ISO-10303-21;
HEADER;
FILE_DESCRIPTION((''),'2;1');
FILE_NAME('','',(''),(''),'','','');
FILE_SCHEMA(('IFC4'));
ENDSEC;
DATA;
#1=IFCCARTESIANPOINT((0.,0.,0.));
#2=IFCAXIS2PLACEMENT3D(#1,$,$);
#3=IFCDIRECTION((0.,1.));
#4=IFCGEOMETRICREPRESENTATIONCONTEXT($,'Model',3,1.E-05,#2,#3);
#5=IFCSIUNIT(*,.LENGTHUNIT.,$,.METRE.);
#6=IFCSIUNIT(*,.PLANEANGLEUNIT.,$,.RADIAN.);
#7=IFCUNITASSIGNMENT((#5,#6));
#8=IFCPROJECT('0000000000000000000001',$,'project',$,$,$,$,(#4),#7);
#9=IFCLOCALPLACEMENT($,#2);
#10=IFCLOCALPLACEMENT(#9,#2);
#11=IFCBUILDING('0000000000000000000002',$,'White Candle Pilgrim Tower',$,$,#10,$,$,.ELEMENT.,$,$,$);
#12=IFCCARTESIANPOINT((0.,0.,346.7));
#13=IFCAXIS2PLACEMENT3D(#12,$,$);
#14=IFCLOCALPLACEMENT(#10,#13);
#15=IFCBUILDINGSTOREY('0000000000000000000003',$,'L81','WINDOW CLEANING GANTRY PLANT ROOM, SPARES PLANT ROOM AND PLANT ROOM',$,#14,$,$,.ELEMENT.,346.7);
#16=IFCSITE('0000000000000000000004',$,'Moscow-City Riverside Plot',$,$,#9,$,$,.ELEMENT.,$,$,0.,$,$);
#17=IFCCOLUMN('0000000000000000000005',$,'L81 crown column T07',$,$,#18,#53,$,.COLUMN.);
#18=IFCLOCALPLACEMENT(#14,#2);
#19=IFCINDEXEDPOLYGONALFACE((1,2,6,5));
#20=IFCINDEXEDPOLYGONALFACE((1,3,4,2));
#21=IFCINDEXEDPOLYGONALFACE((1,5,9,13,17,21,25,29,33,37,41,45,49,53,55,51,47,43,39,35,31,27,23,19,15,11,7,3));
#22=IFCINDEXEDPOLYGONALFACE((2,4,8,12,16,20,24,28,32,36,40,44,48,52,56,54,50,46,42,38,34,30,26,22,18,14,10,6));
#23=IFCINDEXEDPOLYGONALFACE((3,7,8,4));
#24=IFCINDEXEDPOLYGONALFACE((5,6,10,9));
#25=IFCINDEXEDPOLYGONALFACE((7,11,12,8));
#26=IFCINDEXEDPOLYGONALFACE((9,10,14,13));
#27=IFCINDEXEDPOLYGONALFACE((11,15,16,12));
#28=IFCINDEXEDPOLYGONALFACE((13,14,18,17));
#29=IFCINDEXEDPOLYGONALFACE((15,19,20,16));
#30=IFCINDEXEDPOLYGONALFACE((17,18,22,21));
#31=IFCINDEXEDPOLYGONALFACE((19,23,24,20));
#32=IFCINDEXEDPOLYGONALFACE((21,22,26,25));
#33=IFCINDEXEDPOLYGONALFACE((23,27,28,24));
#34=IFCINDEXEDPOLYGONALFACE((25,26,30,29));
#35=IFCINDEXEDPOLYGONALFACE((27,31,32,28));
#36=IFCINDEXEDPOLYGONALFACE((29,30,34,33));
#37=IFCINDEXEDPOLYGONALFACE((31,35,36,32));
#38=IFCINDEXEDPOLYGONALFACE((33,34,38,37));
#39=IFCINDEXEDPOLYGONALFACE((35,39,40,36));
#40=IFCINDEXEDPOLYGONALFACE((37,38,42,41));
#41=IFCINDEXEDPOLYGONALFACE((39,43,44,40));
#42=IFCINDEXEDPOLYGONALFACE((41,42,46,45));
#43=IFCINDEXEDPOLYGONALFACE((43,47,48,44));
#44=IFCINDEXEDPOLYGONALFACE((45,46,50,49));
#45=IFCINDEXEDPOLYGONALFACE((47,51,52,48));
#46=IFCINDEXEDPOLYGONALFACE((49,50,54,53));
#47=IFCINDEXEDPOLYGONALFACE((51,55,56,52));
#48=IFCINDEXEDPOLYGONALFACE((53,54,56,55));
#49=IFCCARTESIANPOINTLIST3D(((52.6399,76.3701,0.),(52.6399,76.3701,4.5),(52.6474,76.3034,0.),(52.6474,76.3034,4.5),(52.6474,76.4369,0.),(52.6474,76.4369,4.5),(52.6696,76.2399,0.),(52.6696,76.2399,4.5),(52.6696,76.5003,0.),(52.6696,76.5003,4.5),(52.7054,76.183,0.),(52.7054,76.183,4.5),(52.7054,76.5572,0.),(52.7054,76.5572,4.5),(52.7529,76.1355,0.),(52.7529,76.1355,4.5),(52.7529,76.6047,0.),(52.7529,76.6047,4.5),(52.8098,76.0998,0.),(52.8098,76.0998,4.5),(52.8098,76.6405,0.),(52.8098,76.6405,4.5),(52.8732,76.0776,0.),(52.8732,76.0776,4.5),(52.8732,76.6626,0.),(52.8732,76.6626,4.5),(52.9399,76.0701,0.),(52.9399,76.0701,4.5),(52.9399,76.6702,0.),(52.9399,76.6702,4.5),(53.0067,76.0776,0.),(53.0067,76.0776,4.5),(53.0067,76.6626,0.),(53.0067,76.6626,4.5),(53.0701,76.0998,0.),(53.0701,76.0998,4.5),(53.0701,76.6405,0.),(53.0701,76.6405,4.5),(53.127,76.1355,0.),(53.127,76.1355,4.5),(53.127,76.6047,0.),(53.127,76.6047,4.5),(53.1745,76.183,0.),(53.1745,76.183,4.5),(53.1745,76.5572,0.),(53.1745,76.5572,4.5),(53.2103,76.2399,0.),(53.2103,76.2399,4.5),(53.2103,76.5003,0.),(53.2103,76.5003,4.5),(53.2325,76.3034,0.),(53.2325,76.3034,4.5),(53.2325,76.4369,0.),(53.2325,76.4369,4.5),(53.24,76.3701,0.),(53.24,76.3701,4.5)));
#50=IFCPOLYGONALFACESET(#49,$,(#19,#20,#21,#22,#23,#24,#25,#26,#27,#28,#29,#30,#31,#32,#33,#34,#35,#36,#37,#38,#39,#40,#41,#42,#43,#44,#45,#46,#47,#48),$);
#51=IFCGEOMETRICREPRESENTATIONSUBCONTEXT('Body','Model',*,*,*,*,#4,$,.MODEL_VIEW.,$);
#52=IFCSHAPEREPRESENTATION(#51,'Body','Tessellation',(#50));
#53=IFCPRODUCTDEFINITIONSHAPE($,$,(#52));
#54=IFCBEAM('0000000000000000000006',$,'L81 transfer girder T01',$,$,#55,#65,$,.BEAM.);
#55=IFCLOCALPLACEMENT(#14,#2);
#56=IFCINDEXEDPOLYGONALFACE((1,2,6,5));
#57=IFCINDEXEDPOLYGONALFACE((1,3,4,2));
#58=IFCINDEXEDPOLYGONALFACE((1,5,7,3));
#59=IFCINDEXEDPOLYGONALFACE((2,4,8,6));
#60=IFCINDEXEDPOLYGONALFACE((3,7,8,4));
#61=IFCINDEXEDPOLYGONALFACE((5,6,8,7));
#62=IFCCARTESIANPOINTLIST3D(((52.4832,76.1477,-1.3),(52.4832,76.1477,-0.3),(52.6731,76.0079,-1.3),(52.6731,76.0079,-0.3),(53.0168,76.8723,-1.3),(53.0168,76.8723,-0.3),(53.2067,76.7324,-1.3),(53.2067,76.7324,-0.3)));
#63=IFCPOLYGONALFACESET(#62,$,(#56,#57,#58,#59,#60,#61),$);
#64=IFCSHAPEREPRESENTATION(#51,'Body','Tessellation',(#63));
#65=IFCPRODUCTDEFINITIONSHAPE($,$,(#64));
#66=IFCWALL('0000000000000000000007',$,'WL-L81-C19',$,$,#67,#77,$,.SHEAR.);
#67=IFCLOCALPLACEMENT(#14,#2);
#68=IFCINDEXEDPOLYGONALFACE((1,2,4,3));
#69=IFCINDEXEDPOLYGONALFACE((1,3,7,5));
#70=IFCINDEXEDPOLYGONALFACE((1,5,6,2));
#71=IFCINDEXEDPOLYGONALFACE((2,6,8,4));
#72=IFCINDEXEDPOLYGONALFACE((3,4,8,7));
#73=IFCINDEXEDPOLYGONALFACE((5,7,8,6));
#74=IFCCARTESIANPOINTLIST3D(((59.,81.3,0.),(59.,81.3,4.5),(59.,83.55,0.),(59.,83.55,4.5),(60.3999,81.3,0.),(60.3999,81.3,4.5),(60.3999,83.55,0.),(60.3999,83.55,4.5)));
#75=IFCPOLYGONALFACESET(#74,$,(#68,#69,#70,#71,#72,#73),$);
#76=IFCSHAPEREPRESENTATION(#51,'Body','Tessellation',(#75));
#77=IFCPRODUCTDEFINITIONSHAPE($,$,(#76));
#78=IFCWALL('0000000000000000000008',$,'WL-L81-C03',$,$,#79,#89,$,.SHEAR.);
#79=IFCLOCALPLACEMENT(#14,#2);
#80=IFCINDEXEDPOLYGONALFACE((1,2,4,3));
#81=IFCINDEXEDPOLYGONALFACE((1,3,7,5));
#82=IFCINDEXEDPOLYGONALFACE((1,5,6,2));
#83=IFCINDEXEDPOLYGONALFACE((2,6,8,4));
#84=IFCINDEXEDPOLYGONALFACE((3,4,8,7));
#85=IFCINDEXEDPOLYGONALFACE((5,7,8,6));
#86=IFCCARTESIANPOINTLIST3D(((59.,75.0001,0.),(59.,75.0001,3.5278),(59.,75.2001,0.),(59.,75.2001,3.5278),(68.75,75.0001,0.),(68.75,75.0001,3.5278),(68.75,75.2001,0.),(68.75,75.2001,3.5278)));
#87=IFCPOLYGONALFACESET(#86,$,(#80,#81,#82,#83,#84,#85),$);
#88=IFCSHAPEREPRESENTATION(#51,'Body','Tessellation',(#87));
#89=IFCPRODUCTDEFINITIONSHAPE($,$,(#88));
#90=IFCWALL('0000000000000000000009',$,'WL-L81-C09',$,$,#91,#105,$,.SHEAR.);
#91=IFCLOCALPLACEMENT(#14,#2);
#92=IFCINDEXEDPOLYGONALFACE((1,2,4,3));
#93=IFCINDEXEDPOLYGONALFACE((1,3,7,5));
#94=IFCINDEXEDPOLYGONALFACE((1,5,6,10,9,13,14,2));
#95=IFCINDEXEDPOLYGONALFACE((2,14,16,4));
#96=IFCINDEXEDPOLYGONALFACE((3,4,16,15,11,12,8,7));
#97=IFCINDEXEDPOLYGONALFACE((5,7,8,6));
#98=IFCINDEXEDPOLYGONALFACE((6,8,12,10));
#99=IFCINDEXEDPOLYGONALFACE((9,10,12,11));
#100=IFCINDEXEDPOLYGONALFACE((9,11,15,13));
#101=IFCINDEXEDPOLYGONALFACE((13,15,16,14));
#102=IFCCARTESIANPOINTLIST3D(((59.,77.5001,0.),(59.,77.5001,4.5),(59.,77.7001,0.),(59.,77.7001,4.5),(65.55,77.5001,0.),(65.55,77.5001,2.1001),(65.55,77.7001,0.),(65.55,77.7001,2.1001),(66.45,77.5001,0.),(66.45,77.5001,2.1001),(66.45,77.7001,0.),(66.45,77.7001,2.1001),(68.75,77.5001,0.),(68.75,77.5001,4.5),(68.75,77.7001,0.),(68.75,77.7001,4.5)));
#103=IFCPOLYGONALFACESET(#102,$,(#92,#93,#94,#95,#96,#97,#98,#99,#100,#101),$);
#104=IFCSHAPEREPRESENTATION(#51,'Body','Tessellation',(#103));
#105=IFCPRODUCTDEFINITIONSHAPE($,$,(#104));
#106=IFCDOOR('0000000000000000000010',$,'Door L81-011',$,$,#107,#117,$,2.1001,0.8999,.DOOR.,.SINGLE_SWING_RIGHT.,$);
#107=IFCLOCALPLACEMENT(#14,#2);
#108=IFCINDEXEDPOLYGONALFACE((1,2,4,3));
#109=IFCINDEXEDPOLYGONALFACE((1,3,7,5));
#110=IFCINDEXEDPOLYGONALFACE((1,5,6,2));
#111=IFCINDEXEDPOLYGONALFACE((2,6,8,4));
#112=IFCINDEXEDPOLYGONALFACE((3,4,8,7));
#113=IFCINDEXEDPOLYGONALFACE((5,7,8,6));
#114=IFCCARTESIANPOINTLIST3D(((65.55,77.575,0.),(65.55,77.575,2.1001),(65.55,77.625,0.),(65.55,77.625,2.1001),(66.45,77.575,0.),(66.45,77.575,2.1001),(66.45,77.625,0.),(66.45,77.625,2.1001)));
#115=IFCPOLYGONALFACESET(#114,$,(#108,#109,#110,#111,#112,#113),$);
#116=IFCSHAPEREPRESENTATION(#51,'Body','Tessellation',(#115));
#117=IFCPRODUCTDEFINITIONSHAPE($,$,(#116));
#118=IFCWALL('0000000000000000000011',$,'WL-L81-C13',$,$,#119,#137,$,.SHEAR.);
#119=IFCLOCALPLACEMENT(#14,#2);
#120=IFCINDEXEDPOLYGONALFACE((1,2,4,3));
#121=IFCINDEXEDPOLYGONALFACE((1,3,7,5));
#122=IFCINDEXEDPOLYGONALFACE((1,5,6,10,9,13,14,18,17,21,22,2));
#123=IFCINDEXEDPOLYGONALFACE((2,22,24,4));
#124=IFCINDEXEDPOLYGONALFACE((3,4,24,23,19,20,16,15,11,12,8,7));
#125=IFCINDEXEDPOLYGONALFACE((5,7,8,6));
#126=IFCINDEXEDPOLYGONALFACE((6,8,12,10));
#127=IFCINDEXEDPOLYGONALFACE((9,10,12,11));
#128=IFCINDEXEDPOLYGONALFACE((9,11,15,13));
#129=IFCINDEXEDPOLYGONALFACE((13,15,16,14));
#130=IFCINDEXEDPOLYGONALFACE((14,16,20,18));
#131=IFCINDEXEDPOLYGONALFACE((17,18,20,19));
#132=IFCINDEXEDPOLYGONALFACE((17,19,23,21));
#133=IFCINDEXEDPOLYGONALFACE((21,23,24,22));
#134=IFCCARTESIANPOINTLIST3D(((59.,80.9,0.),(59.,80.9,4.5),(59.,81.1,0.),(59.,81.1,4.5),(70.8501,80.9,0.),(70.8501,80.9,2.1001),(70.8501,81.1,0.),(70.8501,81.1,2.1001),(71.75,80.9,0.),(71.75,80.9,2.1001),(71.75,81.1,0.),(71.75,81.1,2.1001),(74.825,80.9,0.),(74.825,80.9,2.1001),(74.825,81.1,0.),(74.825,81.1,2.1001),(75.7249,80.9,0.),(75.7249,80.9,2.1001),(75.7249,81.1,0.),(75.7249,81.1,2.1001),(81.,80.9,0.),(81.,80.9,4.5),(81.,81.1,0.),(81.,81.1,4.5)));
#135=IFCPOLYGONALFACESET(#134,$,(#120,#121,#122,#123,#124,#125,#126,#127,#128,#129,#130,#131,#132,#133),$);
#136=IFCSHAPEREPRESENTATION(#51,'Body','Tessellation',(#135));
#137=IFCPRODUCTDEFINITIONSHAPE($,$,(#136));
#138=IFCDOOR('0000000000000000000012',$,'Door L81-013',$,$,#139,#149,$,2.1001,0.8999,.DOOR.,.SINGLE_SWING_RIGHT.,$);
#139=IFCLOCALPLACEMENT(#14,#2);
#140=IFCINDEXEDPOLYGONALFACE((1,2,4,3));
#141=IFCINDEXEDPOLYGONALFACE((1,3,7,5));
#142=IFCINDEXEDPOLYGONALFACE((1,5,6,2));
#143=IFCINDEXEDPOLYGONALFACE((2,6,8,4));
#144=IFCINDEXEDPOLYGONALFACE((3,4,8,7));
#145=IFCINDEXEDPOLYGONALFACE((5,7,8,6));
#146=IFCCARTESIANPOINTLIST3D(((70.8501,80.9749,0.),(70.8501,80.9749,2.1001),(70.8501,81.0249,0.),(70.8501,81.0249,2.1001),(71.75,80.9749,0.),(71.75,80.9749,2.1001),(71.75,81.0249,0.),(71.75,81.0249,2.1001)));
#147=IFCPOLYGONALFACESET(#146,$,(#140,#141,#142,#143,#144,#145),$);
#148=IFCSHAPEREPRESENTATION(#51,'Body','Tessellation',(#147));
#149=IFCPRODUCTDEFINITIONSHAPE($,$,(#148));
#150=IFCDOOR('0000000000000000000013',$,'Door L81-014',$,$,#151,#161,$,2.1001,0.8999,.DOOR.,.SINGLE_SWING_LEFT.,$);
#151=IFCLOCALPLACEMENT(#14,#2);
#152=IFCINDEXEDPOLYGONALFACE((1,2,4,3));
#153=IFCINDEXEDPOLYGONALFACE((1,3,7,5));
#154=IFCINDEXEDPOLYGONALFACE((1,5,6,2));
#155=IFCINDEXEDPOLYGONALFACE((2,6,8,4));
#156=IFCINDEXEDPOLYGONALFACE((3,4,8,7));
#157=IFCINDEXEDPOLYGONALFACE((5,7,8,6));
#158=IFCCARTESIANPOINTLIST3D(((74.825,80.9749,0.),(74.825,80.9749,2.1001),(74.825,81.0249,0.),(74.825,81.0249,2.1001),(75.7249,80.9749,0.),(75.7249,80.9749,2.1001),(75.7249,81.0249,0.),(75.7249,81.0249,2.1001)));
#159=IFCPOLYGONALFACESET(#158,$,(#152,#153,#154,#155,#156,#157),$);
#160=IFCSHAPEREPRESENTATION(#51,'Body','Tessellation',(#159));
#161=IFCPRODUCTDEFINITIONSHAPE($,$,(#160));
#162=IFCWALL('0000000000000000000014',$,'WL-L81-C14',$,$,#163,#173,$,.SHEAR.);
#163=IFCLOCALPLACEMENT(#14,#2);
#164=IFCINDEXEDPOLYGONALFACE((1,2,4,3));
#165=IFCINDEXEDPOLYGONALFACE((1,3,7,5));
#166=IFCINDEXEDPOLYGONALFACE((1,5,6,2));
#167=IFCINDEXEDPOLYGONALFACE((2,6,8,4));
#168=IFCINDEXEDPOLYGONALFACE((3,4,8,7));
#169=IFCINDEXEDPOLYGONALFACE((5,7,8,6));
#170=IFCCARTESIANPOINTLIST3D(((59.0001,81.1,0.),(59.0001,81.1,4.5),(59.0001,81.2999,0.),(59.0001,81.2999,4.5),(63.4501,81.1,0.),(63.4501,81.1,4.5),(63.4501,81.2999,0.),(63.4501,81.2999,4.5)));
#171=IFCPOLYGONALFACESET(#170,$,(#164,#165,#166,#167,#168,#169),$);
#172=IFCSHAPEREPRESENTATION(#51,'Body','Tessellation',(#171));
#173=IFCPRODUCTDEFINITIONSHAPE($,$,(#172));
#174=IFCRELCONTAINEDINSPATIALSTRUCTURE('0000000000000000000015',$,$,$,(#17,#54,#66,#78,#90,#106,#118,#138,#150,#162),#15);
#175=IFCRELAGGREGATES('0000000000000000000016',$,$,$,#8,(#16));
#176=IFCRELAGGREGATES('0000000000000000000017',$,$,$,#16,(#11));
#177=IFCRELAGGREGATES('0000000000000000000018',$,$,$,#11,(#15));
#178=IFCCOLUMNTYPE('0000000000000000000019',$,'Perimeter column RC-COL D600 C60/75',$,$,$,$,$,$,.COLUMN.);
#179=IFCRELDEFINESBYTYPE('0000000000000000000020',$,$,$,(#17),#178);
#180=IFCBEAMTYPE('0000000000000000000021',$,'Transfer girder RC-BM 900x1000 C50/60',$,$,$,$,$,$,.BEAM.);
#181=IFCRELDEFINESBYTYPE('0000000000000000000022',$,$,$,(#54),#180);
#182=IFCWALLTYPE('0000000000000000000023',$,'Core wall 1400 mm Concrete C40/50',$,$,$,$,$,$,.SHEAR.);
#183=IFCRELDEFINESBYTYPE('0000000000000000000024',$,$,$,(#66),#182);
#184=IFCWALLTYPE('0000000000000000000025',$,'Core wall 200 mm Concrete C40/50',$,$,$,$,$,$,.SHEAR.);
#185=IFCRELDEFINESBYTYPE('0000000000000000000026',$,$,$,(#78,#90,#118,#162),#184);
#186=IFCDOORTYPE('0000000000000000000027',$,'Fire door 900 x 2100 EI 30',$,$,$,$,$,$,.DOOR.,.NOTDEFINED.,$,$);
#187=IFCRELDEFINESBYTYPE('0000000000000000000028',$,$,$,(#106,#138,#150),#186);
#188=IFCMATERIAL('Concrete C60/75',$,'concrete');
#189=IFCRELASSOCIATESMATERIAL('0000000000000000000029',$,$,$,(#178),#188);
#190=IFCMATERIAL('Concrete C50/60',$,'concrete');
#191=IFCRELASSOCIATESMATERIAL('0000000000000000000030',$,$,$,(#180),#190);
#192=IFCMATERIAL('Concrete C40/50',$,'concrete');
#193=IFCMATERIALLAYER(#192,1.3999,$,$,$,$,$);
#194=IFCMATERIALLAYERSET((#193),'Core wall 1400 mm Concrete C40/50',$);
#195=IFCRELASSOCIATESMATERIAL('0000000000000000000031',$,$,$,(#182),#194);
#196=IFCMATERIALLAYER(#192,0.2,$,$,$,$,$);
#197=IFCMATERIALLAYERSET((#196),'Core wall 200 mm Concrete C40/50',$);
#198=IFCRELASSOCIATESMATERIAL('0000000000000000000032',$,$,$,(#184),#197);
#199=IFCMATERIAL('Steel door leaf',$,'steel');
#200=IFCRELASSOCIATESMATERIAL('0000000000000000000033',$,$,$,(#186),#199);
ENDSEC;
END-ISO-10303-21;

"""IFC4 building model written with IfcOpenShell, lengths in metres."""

from ifc_helpers import new_model, si_unit, direction, frame, frame_2d, origin, origin_2d, place, context, subcontext, project, spatial, rectangle, circle, extrude, material, layer, layer_set, material_profile, profile_set, type_object, element, fill, save


model = new_model("IFC4")

# Units and contexts
model_context = context("Model", 3, precision=1e-05, world=origin(), true_north=direction((0.0, 1.0)))
body_context = subcontext(model_context, "Body", "Model", "MODEL_VIEW")
ifc_project = project(units=[si_unit("LENGTHUNIT", "METRE"), si_unit("PLANEANGLEUNIT", "RADIAN")], contexts=[model_context])

# Site, building, storey
site_placement = place(None, origin())
site = spatial("IfcSite", under=ifc_project, at=site_placement, Name="Moscow-City Riverside Plot", CompositionType="ELEMENT", RefElevation=0.0)
building_placement = place(site_placement, origin())
building = spatial("IfcBuilding", under=site, at=building_placement, Name="White Candle Pilgrim Tower", CompositionType="ELEMENT")
storey_placement = place(building_placement, frame((0.0, 0.0, 346.7)))
storey = spatial("IfcBuildingStorey", under=building, at=storey_placement, Name="L81", Description="WINDOW CLEANING GANTRY PLANT ROOM, SPARES PLANT ROOM AND PLANT ROOM", CompositionType="ELEMENT", Elevation=346.7)

# Column
ifc_material_1 = material(Name="Concrete C60/75", Category="concrete")
ifc_material_profile_1 = material_profile(ifc_material_1, circle(Radius=0.3, at=origin_2d()), Name="RC-COL D600")
ifc_profile_set_1 = profile_set([ifc_material_profile_1], Name="Concrete C60/75")
column_type = type_object("IfcColumnType", Name="Perimeter column RC-COL D600 C60/75", PredefinedType="COLUMN", material=ifc_profile_set_1)
column_placement = place(storey_placement, frame((52.9399, 76.3701, 0.0), z_axis=(0.0, 0.0, 1.0), x_axis=(1.0, 0.0, 0.0)))
element("IfcColumn", 1, at=column_placement, inside=storey, type_object=column_type, Name="L81 crown column T07", PredefinedType="COLUMN", context=body_context, shape_type="SweptSolid", body=[
    extrude(circle(Radius=0.3, at=origin_2d()), origin(), (0.0, 0.0, 1.0), 4.5),
])

# Beam
ifc_material_2 = material(Name="Concrete C50/60", Category="concrete")
ifc_material_profile_2 = material_profile(ifc_material_2, rectangle(XDim=0.8999, YDim=1.0, at=origin_2d()), Name="RC-BM 900x1000")
ifc_profile_set_2 = profile_set([ifc_material_profile_2], Name="Concrete C50/60")
beam_type = type_object("IfcBeamType", Name="Transfer girder RC-BM 900x1000 C50/60", PredefinedType="BEAM", material=ifc_profile_set_2)
beam_placement = place(storey_placement, frame((52.75, 76.51, -0.8), z_axis=(0.805186, -0.593023, 0.0), x_axis=(0.593023, 0.805186, 0.0)))
element("IfcBeam", 2, at=beam_placement, inside=storey, type_object=beam_type, Name="L81 transfer girder T01", PredefinedType="BEAM", context=body_context, shape_type="SweptSolid", body=[
    extrude(rectangle(XDim=0.8999, YDim=1.0, at=origin_2d()), origin(), (0.0, 0.0, 1.0), 0.2358),
])

# Walls
ifc_material_3 = material(Name="Concrete C40/50", Category="concrete")
ifc_layer_1 = layer(ifc_material_3, 1.3999)
ifc_layer_set_1 = layer_set([ifc_layer_1], Name="Core wall 1400 mm Concrete C40/50")
wall_type_1 = type_object("IfcWallType", Name="Core wall 1400 mm Concrete C40/50", PredefinedType="SHEAR", material=ifc_layer_set_1)
wall_1_placement = place(storey_placement, frame((59.7, 81.3, 0.0), z_axis=(0.0, 0.0, 1.0), x_axis=(0.0, 1.0, 0.0)))
element("IfcWall", 3, at=wall_1_placement, inside=storey, type_object=wall_type_1, Name="WL-L81-C19", PredefinedType="SHEAR", context=body_context, shape_type="SweptSolid", body=[
    extrude(rectangle(XDim=2.25, YDim=1.3999, at=frame_2d((1.125, 0.0))), origin(), (0.0, 0.0, 1.0), 4.5),
])
ifc_layer_2 = layer(ifc_material_3, 0.2)
ifc_layer_set_2 = layer_set([ifc_layer_2], Name="Core wall 200 mm Concrete C40/50")
wall_type_2 = type_object("IfcWallType", Name="Core wall 200 mm Concrete C40/50", PredefinedType="SHEAR", material=ifc_layer_set_2)
wall_2_placement = place(storey_placement, frame((59.0, 75.1001, 0.0), z_axis=(0.0, 0.0, 1.0), x_axis=(1.0, 0.0, 0.0)))
element("IfcWall", 4, at=wall_2_placement, inside=storey, type_object=wall_type_2, Name="WL-L81-C03", PredefinedType="SHEAR", context=body_context, shape_type="SweptSolid", body=[
    extrude(rectangle(XDim=9.75, YDim=0.2, at=frame_2d((4.875, 0.0))), origin(), (0.0, 0.0, 1.0), 3.5278),
])

# Wall, opening, door
wall_3_placement = place(storey_placement, frame((59.0, 77.6001, 0.0), z_axis=(0.0, 0.0, 1.0), x_axis=(1.0, 0.0, 0.0)))
wall_3 = element("IfcWall", 5, at=wall_3_placement, inside=storey, type_object=wall_type_2, Name="WL-L81-C09", PredefinedType="SHEAR", context=body_context, shape_type="SweptSolid", body=[
    extrude(rectangle(XDim=9.75, YDim=0.2, at=frame_2d((4.875, 0.0))), origin(), (0.0, 0.0, 1.0), 4.5),
])
opening_1_placement = place(wall_3_placement, frame((6.55, 0.0, 0.0)))
opening_1 = element("IfcOpeningElement", 6, at=opening_1_placement, cuts=wall_3, PredefinedType="OPENING", context=body_context, shape_type="SweptSolid", body=[
    extrude(rectangle(XDim=0.8999, YDim=2.1001, at=frame_2d((0.45, 1.05))), frame((0.0, 0.1099, 0.0), z_axis=(0.0, -1.0, 0.0), x_axis=(1.0, 0.0, 0.0)), (0.0, 0.0, 1.0), 0.22),
])
ifc_material_4 = material(Name="Steel door leaf", Category="steel")
door_type_1 = type_object("IfcDoorType", Name="Fire door 900 x 2100 EI 30", OperationType="NOTDEFINED", PredefinedType="DOOR", material=ifc_material_4)
door_1_placement = place(opening_1_placement, origin())
door_1 = element("IfcDoor", 7, at=door_1_placement, inside=storey, type_object=door_type_1, Name="Door L81-011", OperationType="SINGLE_SWING_RIGHT", OverallHeight=2.1001, OverallWidth=0.8999, PredefinedType="DOOR", context=body_context, shape_type="SweptSolid", body=[
    extrude(rectangle(XDim=0.8999, YDim=2.1001, at=frame_2d((0.45, 1.05))), frame((0.0, 0.0249, 0.0), z_axis=(0.0, -1.0, 0.0), x_axis=(1.0, 0.0, 0.0)), (0.0, 0.0, 1.0), 0.05),
])
fill(opening_1, door_1)

# Wall, openings, doors
wall_4_placement = place(storey_placement, frame((59.0, 81.0, 0.0), z_axis=(0.0, 0.0, 1.0), x_axis=(1.0, 0.0, 0.0)))
wall_4 = element("IfcWall", 8, at=wall_4_placement, inside=storey, type_object=wall_type_2, Name="WL-L81-C13", PredefinedType="SHEAR", context=body_context, shape_type="SweptSolid", body=[
    extrude(rectangle(XDim=22.0, YDim=0.2, at=frame_2d((11.0, 0.0))), origin(), (0.0, 0.0, 1.0), 4.5),
])
opening_2_placement = place(wall_4_placement, frame((11.8501, 0.0, 0.0)))
opening_2 = element("IfcOpeningElement", 9, at=opening_2_placement, cuts=wall_4, PredefinedType="OPENING", context=body_context, shape_type="SweptSolid", body=[
    extrude(rectangle(XDim=0.8999, YDim=2.1001, at=frame_2d((0.45, 1.05))), frame((0.0, 0.1099, 0.0), z_axis=(0.0, -1.0, 0.0), x_axis=(1.0, 0.0, 0.0)), (0.0, 0.0, 1.0), 0.22),
])
opening_3_placement = place(wall_4_placement, frame((15.825, 0.0, 0.0)))
opening_3 = element("IfcOpeningElement", 10, at=opening_3_placement, cuts=wall_4, PredefinedType="OPENING", context=body_context, shape_type="SweptSolid", body=[
    extrude(rectangle(XDim=0.8999, YDim=2.1001, at=frame_2d((0.45, 1.05))), frame((0.0, 0.1099, 0.0), z_axis=(0.0, -1.0, 0.0), x_axis=(1.0, 0.0, 0.0)), (0.0, 0.0, 1.0), 0.22),
])
door_2_placement = place(opening_2_placement, origin())
door_2 = element("IfcDoor", 11, at=door_2_placement, inside=storey, type_object=door_type_1, Name="Door L81-013", OperationType="SINGLE_SWING_RIGHT", OverallHeight=2.1001, OverallWidth=0.8999, PredefinedType="DOOR", context=body_context, shape_type="SweptSolid", body=[
    extrude(rectangle(XDim=0.8999, YDim=2.1001, at=frame_2d((0.45, 1.05))), frame((0.0, 0.0249, 0.0), z_axis=(0.0, -1.0, 0.0), x_axis=(1.0, 0.0, 0.0)), (0.0, 0.0, 1.0), 0.05),
])
fill(opening_2, door_2)
door_3_placement = place(opening_3_placement, origin())
door_3 = element("IfcDoor", 12, at=door_3_placement, inside=storey, type_object=door_type_1, Name="Door L81-014", OperationType="SINGLE_SWING_LEFT", OverallHeight=2.1001, OverallWidth=0.8999, PredefinedType="DOOR", context=body_context, shape_type="SweptSolid", body=[
    extrude(rectangle(XDim=0.8999, YDim=2.1001, at=frame_2d((0.45, 1.05))), frame((0.0, 0.0249, 0.0), z_axis=(0.0, -1.0, 0.0), x_axis=(1.0, 0.0, 0.0)), (0.0, 0.0, 1.0), 0.05),
])
fill(opening_3, door_3)

# Wall
wall_5_placement = place(storey_placement, frame((59.0, 81.2, 0.0), z_axis=(0.0, 0.0, 1.0), x_axis=(1.0, 0.0, 0.0)))
element("IfcWall", 13, at=wall_5_placement, inside=storey, type_object=wall_type_2, Name="WL-L81-C14", PredefinedType="SHEAR", context=body_context, shape_type="SweptSolid", body=[
    extrude(rectangle(XDim=4.45, YDim=0.2, at=frame_2d((2.2251, 0.0))), origin(), (0.0, 0.0, 1.0), 4.5),
])

save(model, "model.ifc")
